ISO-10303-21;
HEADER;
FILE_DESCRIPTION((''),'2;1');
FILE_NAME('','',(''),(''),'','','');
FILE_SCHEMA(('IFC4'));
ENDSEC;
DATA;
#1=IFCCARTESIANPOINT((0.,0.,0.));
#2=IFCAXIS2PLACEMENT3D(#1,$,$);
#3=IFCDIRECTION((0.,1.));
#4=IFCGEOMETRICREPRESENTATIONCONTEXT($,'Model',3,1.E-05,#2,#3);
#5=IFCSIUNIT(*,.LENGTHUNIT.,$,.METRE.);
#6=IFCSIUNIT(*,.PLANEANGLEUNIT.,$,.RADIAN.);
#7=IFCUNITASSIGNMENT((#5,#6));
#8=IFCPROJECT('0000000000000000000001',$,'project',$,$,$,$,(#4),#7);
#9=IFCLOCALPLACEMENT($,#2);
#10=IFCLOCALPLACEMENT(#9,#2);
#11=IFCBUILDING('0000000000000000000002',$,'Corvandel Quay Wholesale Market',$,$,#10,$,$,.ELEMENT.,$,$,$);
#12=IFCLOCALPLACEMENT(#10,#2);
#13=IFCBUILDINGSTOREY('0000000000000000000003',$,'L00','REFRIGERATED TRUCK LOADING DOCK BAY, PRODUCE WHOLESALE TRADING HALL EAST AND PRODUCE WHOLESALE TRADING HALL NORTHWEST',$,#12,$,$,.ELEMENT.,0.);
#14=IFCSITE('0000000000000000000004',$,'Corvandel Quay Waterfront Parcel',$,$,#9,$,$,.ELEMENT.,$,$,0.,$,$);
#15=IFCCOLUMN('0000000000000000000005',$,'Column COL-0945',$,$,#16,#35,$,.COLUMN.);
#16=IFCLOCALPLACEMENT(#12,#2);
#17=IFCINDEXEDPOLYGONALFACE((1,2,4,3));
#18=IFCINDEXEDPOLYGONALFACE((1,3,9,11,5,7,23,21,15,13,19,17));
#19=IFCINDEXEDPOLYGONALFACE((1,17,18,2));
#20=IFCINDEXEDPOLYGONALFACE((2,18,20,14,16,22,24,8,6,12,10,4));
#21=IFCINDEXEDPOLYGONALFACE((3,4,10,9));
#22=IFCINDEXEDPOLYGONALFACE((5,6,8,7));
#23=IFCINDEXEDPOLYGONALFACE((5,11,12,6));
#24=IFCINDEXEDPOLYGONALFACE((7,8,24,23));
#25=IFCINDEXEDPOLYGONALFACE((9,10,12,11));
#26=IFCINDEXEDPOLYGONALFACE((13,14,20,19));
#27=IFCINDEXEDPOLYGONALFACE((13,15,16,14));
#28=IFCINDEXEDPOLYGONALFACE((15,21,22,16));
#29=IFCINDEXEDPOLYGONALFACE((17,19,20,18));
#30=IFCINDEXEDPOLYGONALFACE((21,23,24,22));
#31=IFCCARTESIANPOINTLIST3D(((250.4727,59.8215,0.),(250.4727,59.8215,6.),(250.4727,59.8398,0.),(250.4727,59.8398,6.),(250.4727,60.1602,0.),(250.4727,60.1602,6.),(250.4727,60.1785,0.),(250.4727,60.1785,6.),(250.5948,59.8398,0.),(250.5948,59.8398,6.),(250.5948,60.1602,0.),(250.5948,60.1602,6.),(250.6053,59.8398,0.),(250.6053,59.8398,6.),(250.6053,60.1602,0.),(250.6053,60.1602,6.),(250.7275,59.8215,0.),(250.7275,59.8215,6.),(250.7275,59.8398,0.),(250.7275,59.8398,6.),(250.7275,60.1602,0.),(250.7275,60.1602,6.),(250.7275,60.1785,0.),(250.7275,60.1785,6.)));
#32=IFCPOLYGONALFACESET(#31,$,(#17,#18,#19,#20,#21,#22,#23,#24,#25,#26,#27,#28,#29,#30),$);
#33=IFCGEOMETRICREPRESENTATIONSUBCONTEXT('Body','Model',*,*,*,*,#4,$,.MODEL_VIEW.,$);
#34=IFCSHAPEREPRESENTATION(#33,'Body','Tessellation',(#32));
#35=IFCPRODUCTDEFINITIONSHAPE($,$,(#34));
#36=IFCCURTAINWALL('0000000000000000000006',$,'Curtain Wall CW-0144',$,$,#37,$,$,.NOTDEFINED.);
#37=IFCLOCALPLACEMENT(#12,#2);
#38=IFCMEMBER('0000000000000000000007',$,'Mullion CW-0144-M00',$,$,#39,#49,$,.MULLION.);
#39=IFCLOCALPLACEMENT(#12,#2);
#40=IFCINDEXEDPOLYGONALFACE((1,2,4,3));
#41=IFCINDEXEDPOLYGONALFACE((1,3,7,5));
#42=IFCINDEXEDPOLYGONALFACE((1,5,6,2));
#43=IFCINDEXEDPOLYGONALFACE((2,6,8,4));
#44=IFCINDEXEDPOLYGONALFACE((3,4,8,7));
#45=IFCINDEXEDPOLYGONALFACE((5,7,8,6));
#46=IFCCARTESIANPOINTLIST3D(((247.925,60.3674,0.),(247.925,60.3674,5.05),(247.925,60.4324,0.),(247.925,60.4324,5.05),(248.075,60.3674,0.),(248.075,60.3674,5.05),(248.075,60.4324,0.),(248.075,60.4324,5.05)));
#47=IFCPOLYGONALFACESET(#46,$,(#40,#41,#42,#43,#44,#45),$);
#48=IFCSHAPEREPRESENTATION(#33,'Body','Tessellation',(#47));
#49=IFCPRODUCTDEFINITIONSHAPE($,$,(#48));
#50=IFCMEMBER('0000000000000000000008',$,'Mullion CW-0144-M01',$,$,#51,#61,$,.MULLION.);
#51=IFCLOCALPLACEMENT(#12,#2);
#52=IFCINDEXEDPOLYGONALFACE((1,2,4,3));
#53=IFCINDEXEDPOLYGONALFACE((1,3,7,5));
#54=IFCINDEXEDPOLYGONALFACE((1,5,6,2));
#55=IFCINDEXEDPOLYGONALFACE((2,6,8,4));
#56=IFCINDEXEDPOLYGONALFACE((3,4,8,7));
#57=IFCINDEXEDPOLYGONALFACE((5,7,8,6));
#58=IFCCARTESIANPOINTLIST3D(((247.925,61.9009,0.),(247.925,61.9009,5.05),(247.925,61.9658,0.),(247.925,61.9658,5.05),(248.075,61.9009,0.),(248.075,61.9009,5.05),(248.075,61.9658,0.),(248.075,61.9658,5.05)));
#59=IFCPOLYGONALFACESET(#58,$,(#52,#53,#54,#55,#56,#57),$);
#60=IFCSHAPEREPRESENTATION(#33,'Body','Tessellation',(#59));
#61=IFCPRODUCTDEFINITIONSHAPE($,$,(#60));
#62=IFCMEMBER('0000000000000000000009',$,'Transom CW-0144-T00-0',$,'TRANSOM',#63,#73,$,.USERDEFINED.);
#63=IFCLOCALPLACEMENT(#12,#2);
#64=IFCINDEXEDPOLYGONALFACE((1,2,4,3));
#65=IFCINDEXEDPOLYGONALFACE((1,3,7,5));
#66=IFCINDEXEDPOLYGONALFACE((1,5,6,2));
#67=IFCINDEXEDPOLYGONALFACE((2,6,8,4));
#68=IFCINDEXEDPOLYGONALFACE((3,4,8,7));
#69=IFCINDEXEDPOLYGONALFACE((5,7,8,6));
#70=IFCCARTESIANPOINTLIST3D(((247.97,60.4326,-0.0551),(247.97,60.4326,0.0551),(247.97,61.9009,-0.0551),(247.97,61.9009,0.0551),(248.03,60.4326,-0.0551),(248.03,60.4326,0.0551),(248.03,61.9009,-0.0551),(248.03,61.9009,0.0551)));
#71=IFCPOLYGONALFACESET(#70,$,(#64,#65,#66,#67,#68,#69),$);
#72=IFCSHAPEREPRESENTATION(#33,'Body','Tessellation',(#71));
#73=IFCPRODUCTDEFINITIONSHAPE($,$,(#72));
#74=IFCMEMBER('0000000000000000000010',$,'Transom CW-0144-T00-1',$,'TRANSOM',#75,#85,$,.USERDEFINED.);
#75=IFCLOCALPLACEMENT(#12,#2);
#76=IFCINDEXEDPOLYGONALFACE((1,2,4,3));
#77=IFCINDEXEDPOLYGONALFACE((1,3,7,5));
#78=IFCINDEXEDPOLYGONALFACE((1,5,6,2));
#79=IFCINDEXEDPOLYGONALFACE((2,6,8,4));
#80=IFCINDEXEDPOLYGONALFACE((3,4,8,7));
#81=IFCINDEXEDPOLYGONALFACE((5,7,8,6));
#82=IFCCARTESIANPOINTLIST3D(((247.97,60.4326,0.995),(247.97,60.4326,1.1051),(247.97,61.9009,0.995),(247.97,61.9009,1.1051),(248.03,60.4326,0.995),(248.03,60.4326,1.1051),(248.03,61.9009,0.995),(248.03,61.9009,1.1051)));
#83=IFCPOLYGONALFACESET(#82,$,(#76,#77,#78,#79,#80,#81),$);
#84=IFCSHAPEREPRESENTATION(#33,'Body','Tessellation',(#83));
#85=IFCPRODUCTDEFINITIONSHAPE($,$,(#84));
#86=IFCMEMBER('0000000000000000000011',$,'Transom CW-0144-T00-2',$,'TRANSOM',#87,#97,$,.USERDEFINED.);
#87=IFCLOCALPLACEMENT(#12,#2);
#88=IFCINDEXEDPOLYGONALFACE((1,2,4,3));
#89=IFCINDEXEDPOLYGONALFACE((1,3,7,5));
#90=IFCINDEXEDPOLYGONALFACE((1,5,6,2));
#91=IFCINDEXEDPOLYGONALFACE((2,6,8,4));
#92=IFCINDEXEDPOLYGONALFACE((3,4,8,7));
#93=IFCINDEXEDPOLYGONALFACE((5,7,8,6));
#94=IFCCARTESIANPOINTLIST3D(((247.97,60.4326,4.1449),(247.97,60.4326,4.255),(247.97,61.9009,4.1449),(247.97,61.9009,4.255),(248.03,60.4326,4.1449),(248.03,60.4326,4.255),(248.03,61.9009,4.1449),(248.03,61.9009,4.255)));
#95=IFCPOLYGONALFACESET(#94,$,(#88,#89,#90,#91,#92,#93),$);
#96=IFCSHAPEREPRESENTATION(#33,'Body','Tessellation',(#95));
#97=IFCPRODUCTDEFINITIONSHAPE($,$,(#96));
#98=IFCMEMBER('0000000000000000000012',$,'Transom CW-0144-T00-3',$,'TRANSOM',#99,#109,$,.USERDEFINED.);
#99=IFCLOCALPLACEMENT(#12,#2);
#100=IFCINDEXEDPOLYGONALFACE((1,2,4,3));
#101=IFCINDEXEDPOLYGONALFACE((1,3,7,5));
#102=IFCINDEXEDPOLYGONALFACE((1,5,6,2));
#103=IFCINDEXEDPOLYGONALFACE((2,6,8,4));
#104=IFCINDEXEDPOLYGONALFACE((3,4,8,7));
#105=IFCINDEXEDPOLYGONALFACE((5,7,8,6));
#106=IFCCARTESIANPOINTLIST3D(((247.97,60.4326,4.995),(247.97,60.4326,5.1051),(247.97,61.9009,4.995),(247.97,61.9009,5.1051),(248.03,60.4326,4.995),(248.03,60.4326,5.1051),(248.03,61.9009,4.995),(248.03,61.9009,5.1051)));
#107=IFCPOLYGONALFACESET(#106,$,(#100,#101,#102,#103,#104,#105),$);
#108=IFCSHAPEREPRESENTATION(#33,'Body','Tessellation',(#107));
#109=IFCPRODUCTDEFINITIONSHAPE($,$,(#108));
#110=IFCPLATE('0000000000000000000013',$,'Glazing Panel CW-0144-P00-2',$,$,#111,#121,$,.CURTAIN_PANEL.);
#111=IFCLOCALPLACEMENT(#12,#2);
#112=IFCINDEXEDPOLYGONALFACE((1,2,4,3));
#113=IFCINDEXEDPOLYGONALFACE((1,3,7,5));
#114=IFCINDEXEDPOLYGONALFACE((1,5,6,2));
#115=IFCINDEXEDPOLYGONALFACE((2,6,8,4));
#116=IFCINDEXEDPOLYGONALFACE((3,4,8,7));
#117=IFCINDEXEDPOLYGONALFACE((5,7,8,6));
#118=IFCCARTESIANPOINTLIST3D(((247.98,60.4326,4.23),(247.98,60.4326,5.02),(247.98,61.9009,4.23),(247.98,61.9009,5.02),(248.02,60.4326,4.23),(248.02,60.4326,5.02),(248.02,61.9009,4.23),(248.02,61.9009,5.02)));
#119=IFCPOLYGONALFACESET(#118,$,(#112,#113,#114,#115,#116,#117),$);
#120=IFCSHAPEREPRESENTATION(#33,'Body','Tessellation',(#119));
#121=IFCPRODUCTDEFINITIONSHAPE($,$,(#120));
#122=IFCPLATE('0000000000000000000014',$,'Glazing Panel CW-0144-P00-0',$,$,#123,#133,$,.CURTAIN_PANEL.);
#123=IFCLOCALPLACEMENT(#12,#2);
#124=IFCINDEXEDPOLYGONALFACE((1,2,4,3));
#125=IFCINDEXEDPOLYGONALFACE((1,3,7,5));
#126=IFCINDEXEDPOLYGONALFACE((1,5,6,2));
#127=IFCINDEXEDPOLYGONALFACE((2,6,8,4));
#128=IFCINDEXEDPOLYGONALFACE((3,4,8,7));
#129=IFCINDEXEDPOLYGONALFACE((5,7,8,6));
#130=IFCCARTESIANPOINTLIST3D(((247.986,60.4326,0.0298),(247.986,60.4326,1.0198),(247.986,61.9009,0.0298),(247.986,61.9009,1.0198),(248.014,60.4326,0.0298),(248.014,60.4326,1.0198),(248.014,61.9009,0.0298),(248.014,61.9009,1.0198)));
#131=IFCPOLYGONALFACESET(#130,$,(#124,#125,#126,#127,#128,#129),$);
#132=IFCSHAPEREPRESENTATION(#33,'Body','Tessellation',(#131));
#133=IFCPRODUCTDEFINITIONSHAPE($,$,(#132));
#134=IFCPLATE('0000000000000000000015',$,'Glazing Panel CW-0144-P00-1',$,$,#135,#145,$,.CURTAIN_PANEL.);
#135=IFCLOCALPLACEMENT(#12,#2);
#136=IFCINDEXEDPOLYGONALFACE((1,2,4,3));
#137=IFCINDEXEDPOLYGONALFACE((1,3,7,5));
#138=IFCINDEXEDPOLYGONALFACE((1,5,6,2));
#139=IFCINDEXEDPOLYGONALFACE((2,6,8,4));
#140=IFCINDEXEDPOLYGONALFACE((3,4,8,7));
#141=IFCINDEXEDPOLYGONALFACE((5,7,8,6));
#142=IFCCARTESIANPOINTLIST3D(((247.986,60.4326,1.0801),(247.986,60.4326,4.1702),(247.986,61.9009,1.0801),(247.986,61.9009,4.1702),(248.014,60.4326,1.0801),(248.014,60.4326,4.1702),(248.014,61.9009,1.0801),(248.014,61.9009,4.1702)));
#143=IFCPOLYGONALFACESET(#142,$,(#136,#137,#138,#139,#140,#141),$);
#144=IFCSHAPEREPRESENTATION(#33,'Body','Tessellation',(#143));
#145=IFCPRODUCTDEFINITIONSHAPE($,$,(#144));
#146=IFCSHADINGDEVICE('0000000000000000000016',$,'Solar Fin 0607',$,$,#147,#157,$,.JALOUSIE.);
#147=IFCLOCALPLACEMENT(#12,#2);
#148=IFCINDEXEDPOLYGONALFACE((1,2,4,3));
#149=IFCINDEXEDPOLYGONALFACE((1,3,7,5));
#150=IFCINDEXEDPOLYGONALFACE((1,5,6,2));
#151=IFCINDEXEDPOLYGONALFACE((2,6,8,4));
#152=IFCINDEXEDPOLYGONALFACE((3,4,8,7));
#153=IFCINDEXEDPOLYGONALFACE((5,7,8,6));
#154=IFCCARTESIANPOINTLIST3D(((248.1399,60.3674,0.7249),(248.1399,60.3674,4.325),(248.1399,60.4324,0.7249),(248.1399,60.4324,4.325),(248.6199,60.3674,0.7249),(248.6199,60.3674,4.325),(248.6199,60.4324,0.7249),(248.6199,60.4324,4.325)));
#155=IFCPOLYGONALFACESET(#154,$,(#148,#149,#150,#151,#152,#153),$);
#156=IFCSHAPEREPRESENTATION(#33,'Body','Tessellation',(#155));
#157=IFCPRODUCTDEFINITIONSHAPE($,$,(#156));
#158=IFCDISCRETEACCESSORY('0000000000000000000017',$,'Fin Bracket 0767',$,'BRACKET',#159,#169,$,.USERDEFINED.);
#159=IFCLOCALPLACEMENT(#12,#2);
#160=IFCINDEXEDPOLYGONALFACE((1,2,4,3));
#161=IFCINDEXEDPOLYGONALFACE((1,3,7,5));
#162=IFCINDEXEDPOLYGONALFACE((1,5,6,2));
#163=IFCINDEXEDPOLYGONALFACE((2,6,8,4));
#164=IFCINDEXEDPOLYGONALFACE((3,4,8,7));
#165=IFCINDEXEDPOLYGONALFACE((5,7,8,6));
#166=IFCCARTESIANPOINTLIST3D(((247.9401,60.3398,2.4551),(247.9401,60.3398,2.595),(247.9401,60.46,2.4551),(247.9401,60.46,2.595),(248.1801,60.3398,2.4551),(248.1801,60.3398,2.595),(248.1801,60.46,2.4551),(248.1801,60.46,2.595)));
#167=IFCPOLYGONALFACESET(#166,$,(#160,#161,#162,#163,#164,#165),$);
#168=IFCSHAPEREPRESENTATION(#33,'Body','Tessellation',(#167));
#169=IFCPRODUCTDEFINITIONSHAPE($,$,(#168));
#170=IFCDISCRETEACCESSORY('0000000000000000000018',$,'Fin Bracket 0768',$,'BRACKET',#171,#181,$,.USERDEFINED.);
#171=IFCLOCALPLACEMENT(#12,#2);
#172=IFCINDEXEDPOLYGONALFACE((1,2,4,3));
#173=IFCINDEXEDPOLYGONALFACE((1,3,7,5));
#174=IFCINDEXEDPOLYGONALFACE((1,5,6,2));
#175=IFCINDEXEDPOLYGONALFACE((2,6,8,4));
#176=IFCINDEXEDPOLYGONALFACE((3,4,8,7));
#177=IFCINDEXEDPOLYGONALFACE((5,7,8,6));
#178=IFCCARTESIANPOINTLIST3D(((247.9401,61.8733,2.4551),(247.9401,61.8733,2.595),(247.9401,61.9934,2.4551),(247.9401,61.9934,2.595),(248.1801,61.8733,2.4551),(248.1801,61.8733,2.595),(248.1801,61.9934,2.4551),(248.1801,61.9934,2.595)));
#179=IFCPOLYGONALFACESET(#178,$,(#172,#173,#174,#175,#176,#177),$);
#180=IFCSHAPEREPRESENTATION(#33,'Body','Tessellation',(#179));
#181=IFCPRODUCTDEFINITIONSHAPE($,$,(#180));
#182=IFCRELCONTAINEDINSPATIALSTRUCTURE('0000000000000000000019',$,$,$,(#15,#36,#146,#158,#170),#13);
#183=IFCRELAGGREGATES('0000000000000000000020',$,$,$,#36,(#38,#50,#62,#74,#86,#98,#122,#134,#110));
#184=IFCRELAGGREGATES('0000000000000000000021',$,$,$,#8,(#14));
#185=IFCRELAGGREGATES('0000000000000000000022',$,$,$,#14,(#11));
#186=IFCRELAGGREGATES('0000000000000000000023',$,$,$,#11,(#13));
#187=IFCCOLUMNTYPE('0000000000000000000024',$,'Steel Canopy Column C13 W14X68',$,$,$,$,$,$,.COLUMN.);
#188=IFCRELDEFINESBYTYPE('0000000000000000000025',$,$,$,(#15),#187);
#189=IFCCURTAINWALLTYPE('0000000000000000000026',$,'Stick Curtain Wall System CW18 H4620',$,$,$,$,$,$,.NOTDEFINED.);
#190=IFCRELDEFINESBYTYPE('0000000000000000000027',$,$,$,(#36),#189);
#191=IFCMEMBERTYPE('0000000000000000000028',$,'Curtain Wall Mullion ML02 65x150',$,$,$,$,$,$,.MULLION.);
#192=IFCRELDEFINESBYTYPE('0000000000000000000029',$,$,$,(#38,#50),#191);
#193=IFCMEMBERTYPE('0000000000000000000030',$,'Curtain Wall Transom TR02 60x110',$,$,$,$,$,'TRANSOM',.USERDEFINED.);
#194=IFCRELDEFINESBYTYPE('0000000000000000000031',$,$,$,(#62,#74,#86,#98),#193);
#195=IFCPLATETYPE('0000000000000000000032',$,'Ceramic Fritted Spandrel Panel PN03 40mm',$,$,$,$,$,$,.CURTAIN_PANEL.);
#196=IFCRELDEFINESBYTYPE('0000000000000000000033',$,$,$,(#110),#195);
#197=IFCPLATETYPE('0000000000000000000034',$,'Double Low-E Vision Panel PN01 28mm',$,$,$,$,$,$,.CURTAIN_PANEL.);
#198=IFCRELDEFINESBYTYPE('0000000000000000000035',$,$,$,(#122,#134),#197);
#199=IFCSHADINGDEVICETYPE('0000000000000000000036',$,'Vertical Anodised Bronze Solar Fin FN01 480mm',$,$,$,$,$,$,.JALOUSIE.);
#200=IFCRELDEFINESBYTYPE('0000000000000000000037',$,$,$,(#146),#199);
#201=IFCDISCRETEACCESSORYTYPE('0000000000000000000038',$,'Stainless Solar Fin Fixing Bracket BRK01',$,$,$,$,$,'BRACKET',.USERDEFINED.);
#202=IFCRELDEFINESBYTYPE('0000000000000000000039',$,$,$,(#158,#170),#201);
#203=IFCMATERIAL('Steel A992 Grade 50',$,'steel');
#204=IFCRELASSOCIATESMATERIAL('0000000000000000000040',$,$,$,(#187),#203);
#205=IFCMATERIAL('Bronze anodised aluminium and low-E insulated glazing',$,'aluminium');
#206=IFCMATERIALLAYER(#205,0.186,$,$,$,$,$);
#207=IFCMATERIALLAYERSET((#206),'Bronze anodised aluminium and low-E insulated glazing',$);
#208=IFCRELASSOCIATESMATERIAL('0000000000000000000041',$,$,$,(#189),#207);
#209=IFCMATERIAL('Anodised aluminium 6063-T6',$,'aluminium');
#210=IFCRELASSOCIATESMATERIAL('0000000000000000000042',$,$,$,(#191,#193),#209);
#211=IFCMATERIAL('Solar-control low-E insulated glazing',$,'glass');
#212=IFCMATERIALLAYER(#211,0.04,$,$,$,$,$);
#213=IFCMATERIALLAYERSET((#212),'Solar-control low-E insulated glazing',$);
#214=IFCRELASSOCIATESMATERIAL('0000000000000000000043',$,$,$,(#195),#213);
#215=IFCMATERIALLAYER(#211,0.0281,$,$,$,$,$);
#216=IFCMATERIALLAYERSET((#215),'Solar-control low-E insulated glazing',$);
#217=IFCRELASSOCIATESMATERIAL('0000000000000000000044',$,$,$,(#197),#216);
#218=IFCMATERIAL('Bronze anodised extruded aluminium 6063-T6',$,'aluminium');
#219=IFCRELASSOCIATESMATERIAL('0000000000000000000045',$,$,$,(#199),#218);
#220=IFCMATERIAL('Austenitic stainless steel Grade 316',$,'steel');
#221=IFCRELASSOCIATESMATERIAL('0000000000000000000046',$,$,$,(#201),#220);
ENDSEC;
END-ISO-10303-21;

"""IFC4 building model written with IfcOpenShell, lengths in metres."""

from ifc_helpers import new_model, si_unit, direction, frame, origin, origin_2d, place, context, subcontext, project, spatial, rectangle, i_section, extrude, material, layer, layer_set, material_profile, profile_set, type_object, element, aggregate, save


model = new_model("IFC4")

# Units and contexts
model_context = context("Model", 3, precision=1e-05, world=origin(), true_north=direction((0.0, 1.0)))
body_context = subcontext(model_context, "Body", "Model", "MODEL_VIEW")
ifc_project = project(units=[si_unit("LENGTHUNIT", "METRE"), si_unit("PLANEANGLEUNIT", "RADIAN")], contexts=[model_context])

# Site, building, storey
site_placement = place(None, origin())
site = spatial("IfcSite", under=ifc_project, at=site_placement, Name="Corvandel Quay Waterfront Parcel", CompositionType="ELEMENT", RefElevation=0.0)
building_placement = place(site_placement, origin())
building = spatial("IfcBuilding", under=site, at=building_placement, Name="Corvandel Quay Wholesale Market", CompositionType="ELEMENT")
storey_placement = place(building_placement, origin())
storey = spatial("IfcBuildingStorey", under=building, at=storey_placement, Name="L00", Description="REFRIGERATED TRUCK LOADING DOCK BAY, PRODUCE WHOLESALE TRADING HALL EAST AND PRODUCE WHOLESALE TRADING HALL NORTHWEST", CompositionType="ELEMENT", Elevation=0.0)

# Column
ifc_material_1 = material(Name="Steel A992 Grade 50", Category="steel")
ifc_material_profile_1 = material_profile(ifc_material_1, i_section(OverallWidth=0.2549, OverallDepth=0.3569, WebThickness=0.0105, FlangeThickness=0.0183, at=origin_2d()), Name="W14X68")
ifc_profile_set_1 = profile_set([ifc_material_profile_1], Name="Steel A992 Grade 50")
column_type_1 = type_object("IfcColumnType", Name="Steel Canopy Column C13 W14X68", PredefinedType="COLUMN", material=ifc_profile_set_1)
column_1_placement = place(storey_placement, frame((250.6001, 60.0, 0.0), z_axis=(0.0, 0.0, 1.0), x_axis=(1.0, 0.0, 0.0)))
element("IfcColumn", 1, at=column_1_placement, inside=storey, type_object=column_type_1, Name="Column COL-0945", PredefinedType="COLUMN", context=body_context, shape_type="SweptSolid", body=[
    extrude(i_section(OverallWidth=0.2549, OverallDepth=0.3569, WebThickness=0.0105, FlangeThickness=0.0183, at=origin_2d()), origin(), (0.0, 0.0, 1.0), 6.0),
])

# Curtain wall, members, plates
ifc_material_2 = material(Name="Bronze anodised aluminium and low-E insulated glazing", Category="aluminium")
ifc_layer_1 = layer(ifc_material_2, 0.186)
ifc_layer_set_1 = layer_set([ifc_layer_1], Name="Bronze anodised aluminium and low-E insulated glazing")
curtain_wall_type = type_object("IfcCurtainWallType", Name="Stick Curtain Wall System CW18 H4620", PredefinedType="NOTDEFINED", material=ifc_layer_set_1)
curtain_wall_placement = place(storey_placement, origin())
curtain_wall = element("IfcCurtainWall", 2, at=curtain_wall_placement, inside=storey, type_object=curtain_wall_type, Name="Curtain Wall CW-0144", PredefinedType="NOTDEFINED")
ifc_material_3 = material(Name="Anodised aluminium 6063-T6", Category="aluminium")
ifc_material_profile_2 = material_profile(ifc_material_3, rectangle(XDim=0.0649, YDim=0.1499, at=origin_2d()), Name="ALU-MUL-65x150")
ifc_profile_set_2 = profile_set([ifc_material_profile_2], Name="Anodised aluminium 6063-T6")
member_type_1 = type_object("IfcMemberType", Name="Curtain Wall Mullion ML02 65x150", PredefinedType="MULLION", material=ifc_profile_set_2)
member_1_placement = place(storey_placement, frame((248.0, 60.3999, 0.0), z_axis=(0.0, 0.0, 1.0), x_axis=(0.0, 1.0, 0.0)))
member_1 = element("IfcMember", 3, at=member_1_placement, type_object=member_type_1, Name="Mullion CW-0144-M00", PredefinedType="MULLION", context=body_context, shape_type="SweptSolid", body=[
    extrude(rectangle(XDim=0.0649, YDim=0.1499, at=origin_2d()), origin(), (0.0, 0.0, 1.0), 5.05),
])
member_2_placement = place(storey_placement, frame((248.0, 61.9333, 0.0), z_axis=(0.0, 0.0, 1.0), x_axis=(0.0, 1.0, 0.0)))
member_2 = element("IfcMember", 4, at=member_2_placement, type_object=member_type_1, Name="Mullion CW-0144-M01", PredefinedType="MULLION", context=body_context, shape_type="SweptSolid", body=[
    extrude(rectangle(XDim=0.0649, YDim=0.1499, at=origin_2d()), origin(), (0.0, 0.0, 1.0), 5.05),
])
ifc_material_profile_3 = material_profile(ifc_material_3, rectangle(XDim=0.0601, YDim=0.1101, at=origin_2d()), Name="ALU-TRN-60x110")
ifc_profile_set_3 = profile_set([ifc_material_profile_3], Name="Anodised aluminium 6063-T6")
member_type_2 = type_object("IfcMemberType", Name="Curtain Wall Transom TR02 60x110", ElementType="TRANSOM", PredefinedType="USERDEFINED", material=ifc_profile_set_3)
member_3_placement = place(storey_placement, frame((248.0, 60.4326, 0.0), z_axis=(0.0, 1.0, 0.0), x_axis=(-1.0, 0.0, 0.0)))
member_3 = element("IfcMember", 5, at=member_3_placement, type_object=member_type_2, Name="Transom CW-0144-T00-0", ObjectType="TRANSOM", PredefinedType="USERDEFINED", context=body_context, shape_type="SweptSolid", body=[
    extrude(rectangle(XDim=0.0601, YDim=0.1101, at=origin_2d()), origin(), (0.0, 0.0, 1.0), 1.4683),
])
member_4_placement = place(storey_placement, frame((248.0, 60.4326, 1.05), z_axis=(0.0, 1.0, 0.0), x_axis=(-1.0, 0.0, 0.0)))
member_4 = element("IfcMember", 6, at=member_4_placement, type_object=member_type_2, Name="Transom CW-0144-T00-1", ObjectType="TRANSOM", PredefinedType="USERDEFINED", context=body_context, shape_type="SweptSolid", body=[
    extrude(rectangle(XDim=0.0601, YDim=0.1101, at=origin_2d()), origin(), (0.0, 0.0, 1.0), 1.4683),
])
member_5_placement = place(storey_placement, frame((248.0, 60.4326, 4.2), z_axis=(0.0, 1.0, 0.0), x_axis=(-1.0, 0.0, 0.0)))
member_5 = element("IfcMember", 7, at=member_5_placement, type_object=member_type_2, Name="Transom CW-0144-T00-2", ObjectType="TRANSOM", PredefinedType="USERDEFINED", context=body_context, shape_type="SweptSolid", body=[
    extrude(rectangle(XDim=0.0601, YDim=0.1101, at=origin_2d()), origin(), (0.0, 0.0, 1.0), 1.4683),
])
member_6_placement = place(storey_placement, frame((248.0, 60.4326, 5.05), z_axis=(0.0, 1.0, 0.0), x_axis=(-1.0, 0.0, 0.0)))
member_6 = element("IfcMember", 8, at=member_6_placement, type_object=member_type_2, Name="Transom CW-0144-T00-3", ObjectType="TRANSOM", PredefinedType="USERDEFINED", context=body_context, shape_type="SweptSolid", body=[
    extrude(rectangle(XDim=0.0601, YDim=0.1101, at=origin_2d()), origin(), (0.0, 0.0, 1.0), 1.4683),
])
ifc_material_4 = material(Name="Solar-control low-E insulated glazing", Category="glass")
ifc_layer_2 = layer(ifc_material_4, 0.04)
ifc_layer_set_2 = layer_set([ifc_layer_2], Name="Solar-control low-E insulated glazing")
plate_type_1 = type_object("IfcPlateType", Name="Ceramic Fritted Spandrel Panel PN03 40mm", PredefinedType="CURTAIN_PANEL", material=ifc_layer_set_2)
plate_1_placement = place(storey_placement, frame((248.0, 61.1667, 4.23), z_axis=(0.0, 0.0, 1.0), x_axis=(0.0, 1.0, 0.0)))
plate_1 = element("IfcPlate", 9, at=plate_1_placement, type_object=plate_type_1, Name="Glazing Panel CW-0144-P00-2", PredefinedType="CURTAIN_PANEL", context=body_context, shape_type="SweptSolid", body=[
    extrude(rectangle(XDim=1.4683, YDim=0.04, at=origin_2d()), origin(), (0.0, 0.0, 1.0), 0.79),
])
ifc_layer_3 = layer(ifc_material_4, 0.0281)
ifc_layer_set_3 = layer_set([ifc_layer_3], Name="Solar-control low-E insulated glazing")
plate_type_2 = type_object("IfcPlateType", Name="Double Low-E Vision Panel PN01 28mm", PredefinedType="CURTAIN_PANEL", material=ifc_layer_set_3)
plate_2_placement = place(storey_placement, frame((248.0, 61.1667, 0.0298), z_axis=(0.0, 0.0, 1.0), x_axis=(0.0, 1.0, 0.0)))
plate_2 = element("IfcPlate", 10, at=plate_2_placement, type_object=plate_type_2, Name="Glazing Panel CW-0144-P00-0", PredefinedType="CURTAIN_PANEL", context=body_context, shape_type="SweptSolid", body=[
    extrude(rectangle(XDim=1.4683, YDim=0.0281, at=origin_2d()), origin(), (0.0, 0.0, 1.0), 0.99),
])
plate_3_placement = place(storey_placement, frame((248.0, 61.1667, 1.0801), z_axis=(0.0, 0.0, 1.0), x_axis=(0.0, 1.0, 0.0)))
plate_3 = element("IfcPlate", 11, at=plate_3_placement, type_object=plate_type_2, Name="Glazing Panel CW-0144-P00-1", PredefinedType="CURTAIN_PANEL", context=body_context, shape_type="SweptSolid", body=[
    extrude(rectangle(XDim=1.4683, YDim=0.0281, at=origin_2d()), origin(), (0.0, 0.0, 1.0), 3.0901),
])
aggregate(curtain_wall, [member_1, member_2, member_3, member_4, member_5, member_6, plate_2, plate_3, plate_1])

# Shading device
ifc_material_5 = material(Name="Bronze anodised extruded aluminium 6063-T6", Category="aluminium")
shading_device_type = type_object("IfcShadingDeviceType", Name="Vertical Anodised Bronze Solar Fin FN01 480mm", PredefinedType="JALOUSIE", material=ifc_material_5)
shading_device_placement = place(storey_placement, frame((248.3799, 60.3999, 0.7249), z_axis=(0.0, 0.0, 1.0), x_axis=(1.0, 0.0, 0.0)))
element("IfcShadingDevice", 12, at=shading_device_placement, inside=storey, type_object=shading_device_type, Name="Solar Fin 0607", PredefinedType="JALOUSIE", context=body_context, shape_type="SweptSolid", body=[
    extrude(rectangle(XDim=0.48, YDim=0.0649, at=origin_2d()), origin(), (0.0, 0.0, 1.0), 3.6001),
])

# Discrete accessories
ifc_material_6 = material(Name="Austenitic stainless steel Grade 316", Category="steel")
discrete_accessory_type = type_object("IfcDiscreteAccessoryType", Name="Stainless Solar Fin Fixing Bracket BRK01", ElementType="BRACKET", PredefinedType="USERDEFINED", material=ifc_material_6)
for number, where, z_axis, x_axis, name in (
    (13, (248.0601, 60.3999, 2.4551), (0.0, 0.0, 1.0), (1.0, 0.0, 0.0), "Fin Bracket 0767"),
    (14, (248.0601, 61.9333, 2.4551), (0.0, 0.0, 1.0), (1.0, 0.0, 0.0), "Fin Bracket 0768"),
):
    element("IfcDiscreteAccessory", number, at=place(storey_placement, frame(where, z_axis=z_axis, x_axis=x_axis)), inside=storey, type_object=discrete_accessory_type, Name=name, ObjectType="BRACKET", PredefinedType="USERDEFINED", context=body_context, shape_type="SweptSolid", body=[
        extrude(rectangle(XDim=0.24, YDim=0.1201, at=origin_2d()), origin(), (0.0, 0.0, 1.0), 0.1399),
    ])

save(model, "model.ifc")
